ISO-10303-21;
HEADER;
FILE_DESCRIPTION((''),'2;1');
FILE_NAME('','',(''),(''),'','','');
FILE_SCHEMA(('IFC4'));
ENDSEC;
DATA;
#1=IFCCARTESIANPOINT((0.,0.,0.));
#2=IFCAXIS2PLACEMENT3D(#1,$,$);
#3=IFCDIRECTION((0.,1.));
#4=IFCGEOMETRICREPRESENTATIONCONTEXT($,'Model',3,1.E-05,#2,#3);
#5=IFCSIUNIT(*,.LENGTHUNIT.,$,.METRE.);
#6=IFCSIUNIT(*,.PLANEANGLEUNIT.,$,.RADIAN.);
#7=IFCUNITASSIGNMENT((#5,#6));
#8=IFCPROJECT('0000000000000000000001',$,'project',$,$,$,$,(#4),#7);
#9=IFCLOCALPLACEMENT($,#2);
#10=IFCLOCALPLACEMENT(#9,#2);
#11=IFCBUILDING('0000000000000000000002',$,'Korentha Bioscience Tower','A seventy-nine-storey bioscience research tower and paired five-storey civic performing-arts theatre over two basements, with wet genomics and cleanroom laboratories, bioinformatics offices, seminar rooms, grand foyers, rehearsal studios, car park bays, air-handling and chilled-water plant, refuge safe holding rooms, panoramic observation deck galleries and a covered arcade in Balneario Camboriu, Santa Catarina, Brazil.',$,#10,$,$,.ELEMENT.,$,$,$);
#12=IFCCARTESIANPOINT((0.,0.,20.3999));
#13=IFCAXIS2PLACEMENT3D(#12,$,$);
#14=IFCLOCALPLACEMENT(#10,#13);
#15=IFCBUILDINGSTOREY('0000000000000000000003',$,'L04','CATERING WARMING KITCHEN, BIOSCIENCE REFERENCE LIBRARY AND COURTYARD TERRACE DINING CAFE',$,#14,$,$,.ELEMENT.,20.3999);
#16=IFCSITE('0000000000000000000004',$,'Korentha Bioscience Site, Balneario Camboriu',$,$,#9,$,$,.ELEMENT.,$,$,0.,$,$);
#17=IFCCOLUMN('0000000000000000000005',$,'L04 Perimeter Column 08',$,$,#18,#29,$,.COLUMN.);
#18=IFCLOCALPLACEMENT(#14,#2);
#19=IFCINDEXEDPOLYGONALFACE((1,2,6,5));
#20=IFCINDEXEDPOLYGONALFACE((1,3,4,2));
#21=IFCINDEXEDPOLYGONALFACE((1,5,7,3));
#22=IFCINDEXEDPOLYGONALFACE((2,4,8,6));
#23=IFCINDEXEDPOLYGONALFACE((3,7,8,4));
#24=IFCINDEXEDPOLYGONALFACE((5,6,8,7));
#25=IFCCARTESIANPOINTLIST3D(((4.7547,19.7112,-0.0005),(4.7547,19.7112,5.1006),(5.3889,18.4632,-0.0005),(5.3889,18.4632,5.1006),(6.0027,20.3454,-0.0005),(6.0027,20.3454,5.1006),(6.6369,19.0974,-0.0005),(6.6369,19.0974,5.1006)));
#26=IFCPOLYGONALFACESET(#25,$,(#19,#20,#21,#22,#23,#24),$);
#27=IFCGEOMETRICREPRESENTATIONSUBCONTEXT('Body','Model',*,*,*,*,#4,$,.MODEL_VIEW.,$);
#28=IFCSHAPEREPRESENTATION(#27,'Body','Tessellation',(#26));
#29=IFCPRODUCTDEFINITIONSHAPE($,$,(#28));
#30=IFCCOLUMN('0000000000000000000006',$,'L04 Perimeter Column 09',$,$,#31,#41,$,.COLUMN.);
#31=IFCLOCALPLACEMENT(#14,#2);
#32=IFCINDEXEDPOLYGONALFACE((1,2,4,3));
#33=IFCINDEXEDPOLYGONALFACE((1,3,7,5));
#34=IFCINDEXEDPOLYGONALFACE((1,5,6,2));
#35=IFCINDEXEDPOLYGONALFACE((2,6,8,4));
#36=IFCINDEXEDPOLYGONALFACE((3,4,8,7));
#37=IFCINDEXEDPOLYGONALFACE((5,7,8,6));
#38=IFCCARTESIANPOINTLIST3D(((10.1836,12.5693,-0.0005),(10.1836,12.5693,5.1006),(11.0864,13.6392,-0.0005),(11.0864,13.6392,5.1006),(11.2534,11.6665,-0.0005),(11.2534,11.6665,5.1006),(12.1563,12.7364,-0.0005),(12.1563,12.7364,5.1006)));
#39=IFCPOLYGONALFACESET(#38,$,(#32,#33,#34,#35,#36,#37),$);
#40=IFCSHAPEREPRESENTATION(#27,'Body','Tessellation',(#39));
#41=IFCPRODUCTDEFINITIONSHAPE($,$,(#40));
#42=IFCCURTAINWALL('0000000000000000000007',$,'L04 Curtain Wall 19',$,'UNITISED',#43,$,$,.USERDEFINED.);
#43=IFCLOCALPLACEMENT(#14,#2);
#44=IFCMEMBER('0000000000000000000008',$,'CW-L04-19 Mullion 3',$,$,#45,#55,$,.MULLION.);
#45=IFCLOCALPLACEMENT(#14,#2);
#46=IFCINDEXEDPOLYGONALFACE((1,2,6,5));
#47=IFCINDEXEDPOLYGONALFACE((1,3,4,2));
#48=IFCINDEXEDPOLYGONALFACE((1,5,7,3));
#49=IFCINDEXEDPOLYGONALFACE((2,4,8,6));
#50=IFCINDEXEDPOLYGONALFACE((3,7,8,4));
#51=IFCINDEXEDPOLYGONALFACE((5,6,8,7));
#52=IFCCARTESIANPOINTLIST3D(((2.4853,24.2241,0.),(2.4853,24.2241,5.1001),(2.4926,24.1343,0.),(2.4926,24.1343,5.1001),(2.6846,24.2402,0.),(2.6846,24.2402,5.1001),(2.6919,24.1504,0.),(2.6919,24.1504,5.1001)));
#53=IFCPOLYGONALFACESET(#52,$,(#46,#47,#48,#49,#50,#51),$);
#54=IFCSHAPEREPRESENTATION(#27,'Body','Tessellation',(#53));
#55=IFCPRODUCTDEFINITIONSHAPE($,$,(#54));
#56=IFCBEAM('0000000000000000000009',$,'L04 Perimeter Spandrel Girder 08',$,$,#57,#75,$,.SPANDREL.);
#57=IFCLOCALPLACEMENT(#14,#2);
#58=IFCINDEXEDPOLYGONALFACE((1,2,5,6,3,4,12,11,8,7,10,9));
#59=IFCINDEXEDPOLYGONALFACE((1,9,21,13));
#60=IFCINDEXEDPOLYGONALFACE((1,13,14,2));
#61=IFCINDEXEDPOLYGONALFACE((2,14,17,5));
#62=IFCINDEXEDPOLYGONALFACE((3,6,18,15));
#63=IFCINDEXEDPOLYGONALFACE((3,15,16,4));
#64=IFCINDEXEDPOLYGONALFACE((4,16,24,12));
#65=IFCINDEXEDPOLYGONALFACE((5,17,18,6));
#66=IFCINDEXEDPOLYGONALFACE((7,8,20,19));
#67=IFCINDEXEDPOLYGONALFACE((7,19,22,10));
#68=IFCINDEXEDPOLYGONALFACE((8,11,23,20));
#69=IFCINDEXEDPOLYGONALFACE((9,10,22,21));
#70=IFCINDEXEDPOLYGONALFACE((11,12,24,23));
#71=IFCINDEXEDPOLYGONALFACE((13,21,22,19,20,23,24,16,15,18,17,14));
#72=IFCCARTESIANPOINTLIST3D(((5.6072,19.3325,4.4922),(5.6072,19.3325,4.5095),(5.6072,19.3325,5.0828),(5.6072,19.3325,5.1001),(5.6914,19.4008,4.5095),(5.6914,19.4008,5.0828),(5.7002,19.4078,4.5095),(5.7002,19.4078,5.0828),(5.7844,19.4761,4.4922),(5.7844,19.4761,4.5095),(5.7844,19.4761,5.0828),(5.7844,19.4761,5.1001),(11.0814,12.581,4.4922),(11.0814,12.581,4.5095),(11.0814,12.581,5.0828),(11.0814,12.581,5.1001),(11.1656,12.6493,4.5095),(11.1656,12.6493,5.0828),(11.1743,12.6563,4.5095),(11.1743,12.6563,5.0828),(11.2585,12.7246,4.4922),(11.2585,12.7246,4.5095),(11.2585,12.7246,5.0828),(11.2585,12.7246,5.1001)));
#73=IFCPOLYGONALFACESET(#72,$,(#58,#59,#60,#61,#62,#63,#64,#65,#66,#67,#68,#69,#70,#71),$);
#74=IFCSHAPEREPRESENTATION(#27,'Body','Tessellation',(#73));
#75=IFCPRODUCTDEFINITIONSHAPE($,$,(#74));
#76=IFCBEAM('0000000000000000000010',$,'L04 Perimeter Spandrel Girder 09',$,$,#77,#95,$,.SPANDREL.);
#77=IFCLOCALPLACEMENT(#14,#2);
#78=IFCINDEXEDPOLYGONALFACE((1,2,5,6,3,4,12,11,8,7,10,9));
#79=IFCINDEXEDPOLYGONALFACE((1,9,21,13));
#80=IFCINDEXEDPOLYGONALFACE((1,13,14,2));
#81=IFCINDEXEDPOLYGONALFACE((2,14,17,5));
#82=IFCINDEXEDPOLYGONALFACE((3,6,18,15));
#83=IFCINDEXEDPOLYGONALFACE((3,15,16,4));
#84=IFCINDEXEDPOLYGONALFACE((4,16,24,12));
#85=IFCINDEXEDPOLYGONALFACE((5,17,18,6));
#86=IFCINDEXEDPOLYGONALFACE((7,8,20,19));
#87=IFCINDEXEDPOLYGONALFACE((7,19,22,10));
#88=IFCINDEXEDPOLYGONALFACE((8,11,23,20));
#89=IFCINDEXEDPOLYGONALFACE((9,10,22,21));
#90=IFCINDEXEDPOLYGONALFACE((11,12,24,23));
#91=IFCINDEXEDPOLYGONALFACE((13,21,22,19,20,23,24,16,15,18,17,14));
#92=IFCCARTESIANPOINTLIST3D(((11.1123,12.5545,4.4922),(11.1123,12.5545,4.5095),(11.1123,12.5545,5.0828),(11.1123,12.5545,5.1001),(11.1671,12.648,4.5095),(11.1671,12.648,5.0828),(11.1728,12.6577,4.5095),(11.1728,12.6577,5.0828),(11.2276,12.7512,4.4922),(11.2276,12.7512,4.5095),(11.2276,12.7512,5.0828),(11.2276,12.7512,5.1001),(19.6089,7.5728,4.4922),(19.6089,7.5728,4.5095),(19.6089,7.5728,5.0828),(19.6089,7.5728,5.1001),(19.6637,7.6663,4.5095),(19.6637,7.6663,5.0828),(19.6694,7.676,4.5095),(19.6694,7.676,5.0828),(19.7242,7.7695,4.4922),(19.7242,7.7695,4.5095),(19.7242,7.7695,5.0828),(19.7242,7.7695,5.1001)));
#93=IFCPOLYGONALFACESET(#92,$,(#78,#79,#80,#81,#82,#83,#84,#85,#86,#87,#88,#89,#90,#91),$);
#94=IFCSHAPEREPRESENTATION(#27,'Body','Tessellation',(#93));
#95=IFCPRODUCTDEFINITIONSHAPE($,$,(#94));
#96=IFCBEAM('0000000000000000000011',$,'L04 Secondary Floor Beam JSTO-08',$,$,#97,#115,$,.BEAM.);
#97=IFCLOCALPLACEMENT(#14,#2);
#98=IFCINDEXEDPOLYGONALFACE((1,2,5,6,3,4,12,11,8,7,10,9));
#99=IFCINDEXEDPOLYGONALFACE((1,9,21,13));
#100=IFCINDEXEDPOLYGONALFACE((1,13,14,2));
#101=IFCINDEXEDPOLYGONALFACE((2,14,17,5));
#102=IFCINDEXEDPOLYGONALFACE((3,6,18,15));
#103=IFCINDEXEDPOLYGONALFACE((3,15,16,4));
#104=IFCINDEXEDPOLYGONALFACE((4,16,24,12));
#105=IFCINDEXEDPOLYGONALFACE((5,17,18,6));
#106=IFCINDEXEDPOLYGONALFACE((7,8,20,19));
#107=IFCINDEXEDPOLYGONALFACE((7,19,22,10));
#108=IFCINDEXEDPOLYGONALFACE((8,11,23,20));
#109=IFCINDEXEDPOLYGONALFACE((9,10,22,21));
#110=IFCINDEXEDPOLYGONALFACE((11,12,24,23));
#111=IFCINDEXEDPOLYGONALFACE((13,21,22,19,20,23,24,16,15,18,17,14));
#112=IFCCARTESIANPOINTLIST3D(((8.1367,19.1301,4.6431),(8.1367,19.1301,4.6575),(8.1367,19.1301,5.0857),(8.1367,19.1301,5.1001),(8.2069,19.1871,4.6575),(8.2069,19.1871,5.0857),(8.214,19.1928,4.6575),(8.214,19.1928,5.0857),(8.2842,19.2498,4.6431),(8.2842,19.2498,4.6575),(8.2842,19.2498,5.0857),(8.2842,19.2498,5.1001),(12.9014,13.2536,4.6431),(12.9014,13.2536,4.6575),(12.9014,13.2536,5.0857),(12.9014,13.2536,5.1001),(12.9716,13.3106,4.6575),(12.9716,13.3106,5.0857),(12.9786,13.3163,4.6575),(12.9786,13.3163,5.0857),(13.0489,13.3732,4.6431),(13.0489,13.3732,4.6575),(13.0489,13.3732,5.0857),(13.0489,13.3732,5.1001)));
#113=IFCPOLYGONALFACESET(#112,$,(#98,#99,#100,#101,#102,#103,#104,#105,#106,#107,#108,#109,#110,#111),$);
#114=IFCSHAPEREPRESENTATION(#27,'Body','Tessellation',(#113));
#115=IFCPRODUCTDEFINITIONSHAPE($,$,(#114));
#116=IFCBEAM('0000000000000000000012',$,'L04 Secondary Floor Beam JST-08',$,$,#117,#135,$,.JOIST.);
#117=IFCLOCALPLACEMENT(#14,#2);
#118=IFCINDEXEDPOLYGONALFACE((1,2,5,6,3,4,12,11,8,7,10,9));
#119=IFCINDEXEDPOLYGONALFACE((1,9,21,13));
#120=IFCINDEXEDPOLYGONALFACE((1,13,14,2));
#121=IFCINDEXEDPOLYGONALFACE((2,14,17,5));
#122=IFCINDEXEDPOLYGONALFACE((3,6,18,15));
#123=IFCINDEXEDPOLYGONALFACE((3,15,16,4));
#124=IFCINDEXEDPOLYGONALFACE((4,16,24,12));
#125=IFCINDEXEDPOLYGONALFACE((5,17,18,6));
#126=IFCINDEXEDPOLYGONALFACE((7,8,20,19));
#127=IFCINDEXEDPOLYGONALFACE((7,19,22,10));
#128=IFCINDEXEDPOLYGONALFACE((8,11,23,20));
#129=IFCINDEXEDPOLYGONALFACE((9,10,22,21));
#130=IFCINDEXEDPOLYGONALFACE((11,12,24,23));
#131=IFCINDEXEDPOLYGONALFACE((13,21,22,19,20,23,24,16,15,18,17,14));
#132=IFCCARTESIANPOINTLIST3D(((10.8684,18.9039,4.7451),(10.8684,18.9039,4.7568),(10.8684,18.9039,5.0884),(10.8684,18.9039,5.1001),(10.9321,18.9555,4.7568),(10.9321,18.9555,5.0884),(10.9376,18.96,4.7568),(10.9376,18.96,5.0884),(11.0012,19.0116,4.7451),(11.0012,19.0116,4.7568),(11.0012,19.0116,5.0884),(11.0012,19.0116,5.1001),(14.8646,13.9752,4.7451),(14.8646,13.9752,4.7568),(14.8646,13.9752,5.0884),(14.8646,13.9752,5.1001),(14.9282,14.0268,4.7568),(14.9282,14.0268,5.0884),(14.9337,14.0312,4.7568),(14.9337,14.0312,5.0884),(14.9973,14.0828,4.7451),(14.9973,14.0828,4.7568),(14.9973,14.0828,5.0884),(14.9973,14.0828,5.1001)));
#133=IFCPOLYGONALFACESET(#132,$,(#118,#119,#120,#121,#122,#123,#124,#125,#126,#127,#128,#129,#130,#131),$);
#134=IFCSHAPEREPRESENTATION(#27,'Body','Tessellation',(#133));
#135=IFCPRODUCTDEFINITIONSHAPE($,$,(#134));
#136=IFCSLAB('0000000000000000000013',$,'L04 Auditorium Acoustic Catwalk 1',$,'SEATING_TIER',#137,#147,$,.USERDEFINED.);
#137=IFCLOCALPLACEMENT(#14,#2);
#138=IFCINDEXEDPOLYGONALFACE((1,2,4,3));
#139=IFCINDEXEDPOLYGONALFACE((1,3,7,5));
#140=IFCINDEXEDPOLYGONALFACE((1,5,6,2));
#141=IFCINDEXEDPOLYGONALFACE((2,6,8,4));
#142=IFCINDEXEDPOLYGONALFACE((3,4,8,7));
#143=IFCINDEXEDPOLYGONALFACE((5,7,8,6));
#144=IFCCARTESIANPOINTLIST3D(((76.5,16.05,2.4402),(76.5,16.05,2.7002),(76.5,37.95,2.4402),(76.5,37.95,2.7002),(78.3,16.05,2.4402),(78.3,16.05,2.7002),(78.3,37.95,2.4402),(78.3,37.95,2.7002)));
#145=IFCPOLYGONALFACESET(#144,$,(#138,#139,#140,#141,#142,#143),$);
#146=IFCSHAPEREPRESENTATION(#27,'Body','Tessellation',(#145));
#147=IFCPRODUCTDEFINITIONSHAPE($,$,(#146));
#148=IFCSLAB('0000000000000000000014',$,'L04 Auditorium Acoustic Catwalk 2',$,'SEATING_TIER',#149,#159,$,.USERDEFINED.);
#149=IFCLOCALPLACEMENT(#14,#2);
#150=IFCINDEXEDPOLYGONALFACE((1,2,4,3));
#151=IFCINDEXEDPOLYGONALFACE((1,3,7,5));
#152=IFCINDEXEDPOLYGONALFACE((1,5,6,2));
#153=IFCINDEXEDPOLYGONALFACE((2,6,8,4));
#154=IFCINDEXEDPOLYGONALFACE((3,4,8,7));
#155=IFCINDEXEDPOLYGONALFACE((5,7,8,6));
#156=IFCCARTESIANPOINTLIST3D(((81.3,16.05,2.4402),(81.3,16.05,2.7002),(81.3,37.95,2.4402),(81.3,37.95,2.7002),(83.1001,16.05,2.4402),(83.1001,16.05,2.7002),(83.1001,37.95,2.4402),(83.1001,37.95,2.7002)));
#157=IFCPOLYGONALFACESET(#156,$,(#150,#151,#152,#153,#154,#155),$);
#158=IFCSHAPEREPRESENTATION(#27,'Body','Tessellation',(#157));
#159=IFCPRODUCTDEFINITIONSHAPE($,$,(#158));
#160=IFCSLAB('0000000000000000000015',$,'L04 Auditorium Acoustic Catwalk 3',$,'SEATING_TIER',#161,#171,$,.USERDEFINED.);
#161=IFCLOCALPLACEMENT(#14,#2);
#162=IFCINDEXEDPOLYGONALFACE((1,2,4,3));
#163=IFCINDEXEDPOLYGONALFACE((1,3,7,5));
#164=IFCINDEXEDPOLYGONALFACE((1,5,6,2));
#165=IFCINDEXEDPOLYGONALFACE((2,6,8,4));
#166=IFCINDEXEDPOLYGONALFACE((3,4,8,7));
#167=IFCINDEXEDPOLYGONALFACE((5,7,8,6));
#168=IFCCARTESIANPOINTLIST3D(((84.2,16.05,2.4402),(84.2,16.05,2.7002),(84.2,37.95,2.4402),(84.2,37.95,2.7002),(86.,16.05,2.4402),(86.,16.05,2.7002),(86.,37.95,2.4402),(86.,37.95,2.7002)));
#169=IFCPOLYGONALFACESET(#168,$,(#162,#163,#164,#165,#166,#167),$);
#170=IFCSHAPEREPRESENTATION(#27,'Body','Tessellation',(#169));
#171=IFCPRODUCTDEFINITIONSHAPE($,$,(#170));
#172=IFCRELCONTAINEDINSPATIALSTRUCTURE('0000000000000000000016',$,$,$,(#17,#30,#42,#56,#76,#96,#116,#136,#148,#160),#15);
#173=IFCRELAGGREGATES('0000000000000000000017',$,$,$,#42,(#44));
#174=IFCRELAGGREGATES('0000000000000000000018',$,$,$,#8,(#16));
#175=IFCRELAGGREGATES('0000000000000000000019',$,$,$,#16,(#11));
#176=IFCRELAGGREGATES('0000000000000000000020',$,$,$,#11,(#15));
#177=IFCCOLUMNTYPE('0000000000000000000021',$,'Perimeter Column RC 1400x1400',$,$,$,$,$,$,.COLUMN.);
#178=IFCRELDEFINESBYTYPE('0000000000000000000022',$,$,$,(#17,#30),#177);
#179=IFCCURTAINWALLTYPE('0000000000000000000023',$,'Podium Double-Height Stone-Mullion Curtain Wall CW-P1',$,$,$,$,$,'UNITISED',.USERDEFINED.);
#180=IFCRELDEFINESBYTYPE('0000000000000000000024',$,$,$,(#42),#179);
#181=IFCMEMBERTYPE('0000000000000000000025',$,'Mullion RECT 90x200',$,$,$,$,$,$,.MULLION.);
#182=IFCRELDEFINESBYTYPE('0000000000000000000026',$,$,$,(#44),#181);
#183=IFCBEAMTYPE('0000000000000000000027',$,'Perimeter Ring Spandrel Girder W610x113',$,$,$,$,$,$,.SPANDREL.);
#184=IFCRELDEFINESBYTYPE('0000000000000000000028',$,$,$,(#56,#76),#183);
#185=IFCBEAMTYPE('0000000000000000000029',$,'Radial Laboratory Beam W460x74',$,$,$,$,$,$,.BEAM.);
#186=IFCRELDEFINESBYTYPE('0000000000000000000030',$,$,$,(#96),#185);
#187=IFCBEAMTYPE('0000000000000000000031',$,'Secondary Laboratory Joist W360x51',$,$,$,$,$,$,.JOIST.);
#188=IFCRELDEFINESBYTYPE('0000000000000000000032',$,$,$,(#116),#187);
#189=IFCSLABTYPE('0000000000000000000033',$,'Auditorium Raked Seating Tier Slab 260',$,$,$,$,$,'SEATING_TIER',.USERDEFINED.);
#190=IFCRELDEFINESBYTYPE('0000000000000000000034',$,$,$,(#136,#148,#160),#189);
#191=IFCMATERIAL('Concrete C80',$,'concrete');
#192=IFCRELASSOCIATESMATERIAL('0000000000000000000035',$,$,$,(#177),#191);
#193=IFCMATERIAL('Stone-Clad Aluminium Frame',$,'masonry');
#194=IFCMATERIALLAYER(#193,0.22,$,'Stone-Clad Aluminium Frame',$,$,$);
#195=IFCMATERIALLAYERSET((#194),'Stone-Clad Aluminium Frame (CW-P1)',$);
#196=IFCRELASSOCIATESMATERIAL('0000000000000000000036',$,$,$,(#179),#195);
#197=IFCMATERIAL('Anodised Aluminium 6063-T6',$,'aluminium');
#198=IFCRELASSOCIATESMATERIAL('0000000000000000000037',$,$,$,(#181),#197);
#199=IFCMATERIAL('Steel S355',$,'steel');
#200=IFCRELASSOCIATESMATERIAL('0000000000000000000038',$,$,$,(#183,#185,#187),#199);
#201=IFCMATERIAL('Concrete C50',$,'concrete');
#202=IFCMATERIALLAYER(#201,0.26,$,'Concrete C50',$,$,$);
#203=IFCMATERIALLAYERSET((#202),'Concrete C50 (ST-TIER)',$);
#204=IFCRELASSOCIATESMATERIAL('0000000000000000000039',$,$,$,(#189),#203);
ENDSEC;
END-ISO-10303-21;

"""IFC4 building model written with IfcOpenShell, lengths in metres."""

from ifc_helpers import new_model, si_unit, direction, frame, origin, origin_2d, place, context, subcontext, project, spatial, polyline, rectangle, i_section, outline, extrude, material, layer, layer_set, material_profile, profile_set, type_object, element, aggregate, save


model = new_model("IFC4")

# Units and contexts
model_context = context("Model", 3, precision=1e-05, world=origin(), true_north=direction((0.0, 1.0)))
body_context = subcontext(model_context, "Body", "Model", "MODEL_VIEW")
ifc_project = project(units=[si_unit("LENGTHUNIT", "METRE"), si_unit("PLANEANGLEUNIT", "RADIAN")], contexts=[model_context])

# Site, building, storey
site_placement = place(None, origin())
site = spatial("IfcSite", under=ifc_project, at=site_placement, Name="Korentha Bioscience Site, Balneario Camboriu", CompositionType="ELEMENT", RefElevation=0.0)
building_placement = place(site_placement, origin())
building = spatial("IfcBuilding", under=site, at=building_placement, Name="Korentha Bioscience Tower", Description="A seventy-nine-storey bioscience research tower and paired five-storey civic performing-arts theatre over two basements, with wet genomics and cleanroom laboratories, bioinformatics offices, seminar rooms, grand foyers, rehearsal studios, car park bays, air-handling and chilled-water plant, refuge safe holding rooms, panoramic observation deck galleries and a covered arcade in Balneario Camboriu, Santa Catarina, Brazil.", CompositionType="ELEMENT")
storey_placement = place(building_placement, frame((0.0, 0.0, 20.3999)))
storey = spatial("IfcBuildingStorey", under=building, at=storey_placement, Name="L04", Description="CATERING WARMING KITCHEN, BIOSCIENCE REFERENCE LIBRARY AND COURTYARD TERRACE DINING CAFE", CompositionType="ELEMENT", Elevation=20.3999)

# Columns
ifc_material_1 = material(Name="Concrete C80", Category="concrete")
ifc_material_profile_1 = material_profile(ifc_material_1, rectangle(XDim=1.3999, YDim=1.3999, at=origin_2d()), Name="Concrete C80")
ifc_profile_set_1 = profile_set([ifc_material_profile_1], Name="Concrete C80 (COL-P14)")
column_type = type_object("IfcColumnType", Name="Perimeter Column RC 1400x1400", PredefinedType="COLUMN", material=ifc_profile_set_1)
for number, where, z_axis, x_axis, name in (
    (1, (5.6958, 19.4043, -0.0005), (0.0, 0.0, 1.0), (-0.453057, 0.891481, 0.0), "L04 Perimeter Column 08"),
    (2, (11.1699, 12.6528, -0.0005), (0.0, 0.0, 1.0), (-0.764246, 0.644924, 0.0), "L04 Perimeter Column 09"),
):
    element("IfcColumn", number, at=place(storey_placement, frame(where, z_axis=z_axis, x_axis=x_axis)), inside=storey, type_object=column_type, Name=name, PredefinedType="COLUMN", context=body_context, shape_type="SweptSolid", body=[
        extrude(rectangle(XDim=1.3999, YDim=1.3999, at=origin_2d()), origin(), (0.0, 0.0, 1.0), 5.1011),
    ])

# Curtain wall, member
ifc_material_2 = material(Name="Stone-Clad Aluminium Frame", Category="masonry")
ifc_layer_1 = layer(ifc_material_2, 0.22, Name="Stone-Clad Aluminium Frame")
ifc_layer_set_1 = layer_set([ifc_layer_1], Name="Stone-Clad Aluminium Frame (CW-P1)")
curtain_wall_type = type_object("IfcCurtainWallType", Name="Podium Double-Height Stone-Mullion Curtain Wall CW-P1", ElementType="UNITISED", PredefinedType="USERDEFINED", material=ifc_layer_set_1)
curtain_wall_placement = place(storey_placement, origin())
curtain_wall = element("IfcCurtainWall", 3, at=curtain_wall_placement, inside=storey, type_object=curtain_wall_type, Name="L04 Curtain Wall 19", ObjectType="UNITISED", PredefinedType="USERDEFINED")
ifc_material_3 = material(Name="Anodised Aluminium 6063-T6", Category="aluminium")
ifc_material_profile_2 = material_profile(ifc_material_3, rectangle(XDim=0.0901, YDim=0.2, at=origin_2d()), Name="Anodised Aluminium 6063-T6")
ifc_profile_set_2 = profile_set([ifc_material_profile_2], Name="Anodised Aluminium 6063-T6 (CW-MUL)")
member_type = type_object("IfcMemberType", Name="Mullion RECT 90x200", PredefinedType="MULLION", material=ifc_profile_set_2)
member_placement = place(storey_placement, frame((2.5886, 24.1873, 0.0), z_axis=(0.0, 0.0, 1.0), x_axis=(0.08082, -0.996729, 0.0)))
member = element("IfcMember", 4, at=member_placement, type_object=member_type, Name="CW-L04-19 Mullion 3", PredefinedType="MULLION", context=body_context, shape_type="SweptSolid", body=[
    extrude(rectangle(XDim=0.0901, YDim=0.2, at=origin_2d()), origin(), (0.0, 0.0, 1.0), 5.1001),
])
aggregate(curtain_wall, [member])

# Beams
ifc_material_4 = material(Name="Steel S355", Category="steel")
ifc_material_profile_3 = material_profile(ifc_material_4, i_section(OverallWidth=0.228, OverallDepth=0.6079, WebThickness=0.0112, FlangeThickness=0.0173, at=origin_2d()), Name="Steel S355")
ifc_profile_set_3 = profile_set([ifc_material_profile_3], Name="Steel S355 (SB-610)")
beam_type_1 = type_object("IfcBeamType", Name="Perimeter Ring Spandrel Girder W610x113", PredefinedType="SPANDREL", material=ifc_profile_set_3)
beam_1_placement = place(storey_placement, frame((5.6958, 19.4043, 4.7961), z_axis=(0.629799, -0.776758, 0.0), x_axis=(0.776758, 0.629799, 0.0)))
element("IfcBeam", 5, at=beam_1_placement, inside=storey, type_object=beam_type_1, Name="L04 Perimeter Spandrel Girder 08", PredefinedType="SPANDREL", context=body_context, shape_type="SweptSolid", body=[
    extrude(i_section(OverallWidth=0.228, OverallDepth=0.6079, WebThickness=0.0112, FlangeThickness=0.0173, at=origin_2d()), origin(), (0.0, 0.0, 1.0), 8.6919),
])
beam_2_placement = place(storey_placement, frame((11.1699, 12.6528, 4.7961), z_axis=(0.862657, -0.50579, 0.0), x_axis=(0.50579, 0.862657, 0.0)))
element("IfcBeam", 6, at=beam_2_placement, inside=storey, type_object=beam_type_1, Name="L04 Perimeter Spandrel Girder 09", PredefinedType="SPANDREL", context=body_context, shape_type="SweptSolid", body=[
    extrude(i_section(OverallWidth=0.228, OverallDepth=0.6079, WebThickness=0.0112, FlangeThickness=0.0173, at=origin_2d()), origin(), (0.0, 0.0, 1.0), 9.8494),
])
ifc_material_profile_4 = material_profile(ifc_material_4, i_section(OverallWidth=0.1899, OverallDepth=0.457, WebThickness=0.009, FlangeThickness=0.0144, at=origin_2d()), Name="Steel S355")
ifc_profile_set_4 = profile_set([ifc_material_profile_4], Name="Steel S355 (RB-460)")
beam_type_2 = type_object("IfcBeamType", Name="Radial Laboratory Beam W460x74", PredefinedType="BEAM", material=ifc_profile_set_4)
beam_3_placement = place(storey_placement, frame((8.2104, 19.1899, 4.8716), z_axis=(0.629798, -0.776759, 0.0), x_axis=(0.776759, 0.629798, 0.0)))
element("IfcBeam", 7, at=beam_3_placement, inside=storey, type_object=beam_type_2, Name="L04 Secondary Floor Beam JSTO-08", PredefinedType="BEAM", context=body_context, shape_type="SweptSolid", body=[
    extrude(i_section(OverallWidth=0.1899, OverallDepth=0.457, WebThickness=0.009, FlangeThickness=0.0144, at=origin_2d()), origin(), (0.0, 0.0, 1.0), 7.5654),
])
ifc_material_profile_5 = material_profile(ifc_material_4, i_section(OverallWidth=0.1709, OverallDepth=0.355, WebThickness=0.0071, FlangeThickness=0.0117, at=origin_2d()), Name="Steel S355")
ifc_profile_set_5 = profile_set([ifc_material_profile_5], Name="Steel S355 (JB-360)")
beam_type_3 = type_object("IfcBeamType", Name="Secondary Laboratory Joist W360x51", PredefinedType="JOIST", material=ifc_profile_set_5)
beam_4_placement = place(storey_placement, frame((10.9348, 18.9578, 4.9226), z_axis=(0.629787, -0.776768, 0.0), x_axis=(0.776768, 0.629787, 0.0)))
element("IfcBeam", 8, at=beam_4_placement, inside=storey, type_object=beam_type_3, Name="L04 Secondary Floor Beam JST-08", PredefinedType="JOIST", context=body_context, shape_type="SweptSolid", body=[
    extrude(i_section(OverallWidth=0.1709, OverallDepth=0.355, WebThickness=0.0071, FlangeThickness=0.0117, at=origin_2d()), origin(), (0.0, 0.0, 1.0), 6.3452),
])

# Slabs
ifc_material_5 = material(Name="Concrete C50", Category="concrete")
ifc_layer_2 = layer(ifc_material_5, 0.26, Name="Concrete C50")
ifc_layer_set_2 = layer_set([ifc_layer_2], Name="Concrete C50 (ST-TIER)")
slab_type_1 = type_object("IfcSlabType", Name="Auditorium Raked Seating Tier Slab 260", ElementType="SEATING_TIER", PredefinedType="USERDEFINED", material=ifc_layer_set_2)
slab_1_placement = place(storey_placement, frame((0.0, 0.0, 2.4402)))
element("IfcSlab", 9, at=slab_1_placement, inside=storey, type_object=slab_type_1, Name="L04 Auditorium Acoustic Catwalk 1", ObjectType="SEATING_TIER", PredefinedType="USERDEFINED", context=body_context, shape_type="SweptSolid", body=[
    extrude(outline(polyline([(76.5, 16.05), (78.3, 16.05), (78.3, 37.95), (76.5, 37.95), (76.5, 16.05)])), origin(), (0.0, 0.0, 1.0), 0.26),
])
slab_2_placement = place(storey_placement, frame((0.0, 0.0, 2.4402)))
element("IfcSlab", 10, at=slab_2_placement, inside=storey, type_object=slab_type_1, Name="L04 Auditorium Acoustic Catwalk 2", ObjectType="SEATING_TIER", PredefinedType="USERDEFINED", context=body_context, shape_type="SweptSolid", body=[
    extrude(outline(polyline([(81.3, 16.05), (83.1001, 16.05), (83.1001, 37.95), (81.3, 37.95), (81.3, 16.05)])), origin(), (0.0, 0.0, 1.0), 0.26),
])
slab_3_placement = place(storey_placement, frame((0.0, 0.0, 2.4402)))
element("IfcSlab", 11, at=slab_3_placement, inside=storey, type_object=slab_type_1, Name="L04 Auditorium Acoustic Catwalk 3", ObjectType="SEATING_TIER", PredefinedType="USERDEFINED", context=body_context, shape_type="SweptSolid", body=[
    extrude(outline(polyline([(84.2, 16.05), (86.0, 16.05), (86.0, 37.95), (84.2, 37.95), (84.2, 16.05)])), origin(), (0.0, 0.0, 1.0), 0.26),
])

save(model, "model.ifc")
